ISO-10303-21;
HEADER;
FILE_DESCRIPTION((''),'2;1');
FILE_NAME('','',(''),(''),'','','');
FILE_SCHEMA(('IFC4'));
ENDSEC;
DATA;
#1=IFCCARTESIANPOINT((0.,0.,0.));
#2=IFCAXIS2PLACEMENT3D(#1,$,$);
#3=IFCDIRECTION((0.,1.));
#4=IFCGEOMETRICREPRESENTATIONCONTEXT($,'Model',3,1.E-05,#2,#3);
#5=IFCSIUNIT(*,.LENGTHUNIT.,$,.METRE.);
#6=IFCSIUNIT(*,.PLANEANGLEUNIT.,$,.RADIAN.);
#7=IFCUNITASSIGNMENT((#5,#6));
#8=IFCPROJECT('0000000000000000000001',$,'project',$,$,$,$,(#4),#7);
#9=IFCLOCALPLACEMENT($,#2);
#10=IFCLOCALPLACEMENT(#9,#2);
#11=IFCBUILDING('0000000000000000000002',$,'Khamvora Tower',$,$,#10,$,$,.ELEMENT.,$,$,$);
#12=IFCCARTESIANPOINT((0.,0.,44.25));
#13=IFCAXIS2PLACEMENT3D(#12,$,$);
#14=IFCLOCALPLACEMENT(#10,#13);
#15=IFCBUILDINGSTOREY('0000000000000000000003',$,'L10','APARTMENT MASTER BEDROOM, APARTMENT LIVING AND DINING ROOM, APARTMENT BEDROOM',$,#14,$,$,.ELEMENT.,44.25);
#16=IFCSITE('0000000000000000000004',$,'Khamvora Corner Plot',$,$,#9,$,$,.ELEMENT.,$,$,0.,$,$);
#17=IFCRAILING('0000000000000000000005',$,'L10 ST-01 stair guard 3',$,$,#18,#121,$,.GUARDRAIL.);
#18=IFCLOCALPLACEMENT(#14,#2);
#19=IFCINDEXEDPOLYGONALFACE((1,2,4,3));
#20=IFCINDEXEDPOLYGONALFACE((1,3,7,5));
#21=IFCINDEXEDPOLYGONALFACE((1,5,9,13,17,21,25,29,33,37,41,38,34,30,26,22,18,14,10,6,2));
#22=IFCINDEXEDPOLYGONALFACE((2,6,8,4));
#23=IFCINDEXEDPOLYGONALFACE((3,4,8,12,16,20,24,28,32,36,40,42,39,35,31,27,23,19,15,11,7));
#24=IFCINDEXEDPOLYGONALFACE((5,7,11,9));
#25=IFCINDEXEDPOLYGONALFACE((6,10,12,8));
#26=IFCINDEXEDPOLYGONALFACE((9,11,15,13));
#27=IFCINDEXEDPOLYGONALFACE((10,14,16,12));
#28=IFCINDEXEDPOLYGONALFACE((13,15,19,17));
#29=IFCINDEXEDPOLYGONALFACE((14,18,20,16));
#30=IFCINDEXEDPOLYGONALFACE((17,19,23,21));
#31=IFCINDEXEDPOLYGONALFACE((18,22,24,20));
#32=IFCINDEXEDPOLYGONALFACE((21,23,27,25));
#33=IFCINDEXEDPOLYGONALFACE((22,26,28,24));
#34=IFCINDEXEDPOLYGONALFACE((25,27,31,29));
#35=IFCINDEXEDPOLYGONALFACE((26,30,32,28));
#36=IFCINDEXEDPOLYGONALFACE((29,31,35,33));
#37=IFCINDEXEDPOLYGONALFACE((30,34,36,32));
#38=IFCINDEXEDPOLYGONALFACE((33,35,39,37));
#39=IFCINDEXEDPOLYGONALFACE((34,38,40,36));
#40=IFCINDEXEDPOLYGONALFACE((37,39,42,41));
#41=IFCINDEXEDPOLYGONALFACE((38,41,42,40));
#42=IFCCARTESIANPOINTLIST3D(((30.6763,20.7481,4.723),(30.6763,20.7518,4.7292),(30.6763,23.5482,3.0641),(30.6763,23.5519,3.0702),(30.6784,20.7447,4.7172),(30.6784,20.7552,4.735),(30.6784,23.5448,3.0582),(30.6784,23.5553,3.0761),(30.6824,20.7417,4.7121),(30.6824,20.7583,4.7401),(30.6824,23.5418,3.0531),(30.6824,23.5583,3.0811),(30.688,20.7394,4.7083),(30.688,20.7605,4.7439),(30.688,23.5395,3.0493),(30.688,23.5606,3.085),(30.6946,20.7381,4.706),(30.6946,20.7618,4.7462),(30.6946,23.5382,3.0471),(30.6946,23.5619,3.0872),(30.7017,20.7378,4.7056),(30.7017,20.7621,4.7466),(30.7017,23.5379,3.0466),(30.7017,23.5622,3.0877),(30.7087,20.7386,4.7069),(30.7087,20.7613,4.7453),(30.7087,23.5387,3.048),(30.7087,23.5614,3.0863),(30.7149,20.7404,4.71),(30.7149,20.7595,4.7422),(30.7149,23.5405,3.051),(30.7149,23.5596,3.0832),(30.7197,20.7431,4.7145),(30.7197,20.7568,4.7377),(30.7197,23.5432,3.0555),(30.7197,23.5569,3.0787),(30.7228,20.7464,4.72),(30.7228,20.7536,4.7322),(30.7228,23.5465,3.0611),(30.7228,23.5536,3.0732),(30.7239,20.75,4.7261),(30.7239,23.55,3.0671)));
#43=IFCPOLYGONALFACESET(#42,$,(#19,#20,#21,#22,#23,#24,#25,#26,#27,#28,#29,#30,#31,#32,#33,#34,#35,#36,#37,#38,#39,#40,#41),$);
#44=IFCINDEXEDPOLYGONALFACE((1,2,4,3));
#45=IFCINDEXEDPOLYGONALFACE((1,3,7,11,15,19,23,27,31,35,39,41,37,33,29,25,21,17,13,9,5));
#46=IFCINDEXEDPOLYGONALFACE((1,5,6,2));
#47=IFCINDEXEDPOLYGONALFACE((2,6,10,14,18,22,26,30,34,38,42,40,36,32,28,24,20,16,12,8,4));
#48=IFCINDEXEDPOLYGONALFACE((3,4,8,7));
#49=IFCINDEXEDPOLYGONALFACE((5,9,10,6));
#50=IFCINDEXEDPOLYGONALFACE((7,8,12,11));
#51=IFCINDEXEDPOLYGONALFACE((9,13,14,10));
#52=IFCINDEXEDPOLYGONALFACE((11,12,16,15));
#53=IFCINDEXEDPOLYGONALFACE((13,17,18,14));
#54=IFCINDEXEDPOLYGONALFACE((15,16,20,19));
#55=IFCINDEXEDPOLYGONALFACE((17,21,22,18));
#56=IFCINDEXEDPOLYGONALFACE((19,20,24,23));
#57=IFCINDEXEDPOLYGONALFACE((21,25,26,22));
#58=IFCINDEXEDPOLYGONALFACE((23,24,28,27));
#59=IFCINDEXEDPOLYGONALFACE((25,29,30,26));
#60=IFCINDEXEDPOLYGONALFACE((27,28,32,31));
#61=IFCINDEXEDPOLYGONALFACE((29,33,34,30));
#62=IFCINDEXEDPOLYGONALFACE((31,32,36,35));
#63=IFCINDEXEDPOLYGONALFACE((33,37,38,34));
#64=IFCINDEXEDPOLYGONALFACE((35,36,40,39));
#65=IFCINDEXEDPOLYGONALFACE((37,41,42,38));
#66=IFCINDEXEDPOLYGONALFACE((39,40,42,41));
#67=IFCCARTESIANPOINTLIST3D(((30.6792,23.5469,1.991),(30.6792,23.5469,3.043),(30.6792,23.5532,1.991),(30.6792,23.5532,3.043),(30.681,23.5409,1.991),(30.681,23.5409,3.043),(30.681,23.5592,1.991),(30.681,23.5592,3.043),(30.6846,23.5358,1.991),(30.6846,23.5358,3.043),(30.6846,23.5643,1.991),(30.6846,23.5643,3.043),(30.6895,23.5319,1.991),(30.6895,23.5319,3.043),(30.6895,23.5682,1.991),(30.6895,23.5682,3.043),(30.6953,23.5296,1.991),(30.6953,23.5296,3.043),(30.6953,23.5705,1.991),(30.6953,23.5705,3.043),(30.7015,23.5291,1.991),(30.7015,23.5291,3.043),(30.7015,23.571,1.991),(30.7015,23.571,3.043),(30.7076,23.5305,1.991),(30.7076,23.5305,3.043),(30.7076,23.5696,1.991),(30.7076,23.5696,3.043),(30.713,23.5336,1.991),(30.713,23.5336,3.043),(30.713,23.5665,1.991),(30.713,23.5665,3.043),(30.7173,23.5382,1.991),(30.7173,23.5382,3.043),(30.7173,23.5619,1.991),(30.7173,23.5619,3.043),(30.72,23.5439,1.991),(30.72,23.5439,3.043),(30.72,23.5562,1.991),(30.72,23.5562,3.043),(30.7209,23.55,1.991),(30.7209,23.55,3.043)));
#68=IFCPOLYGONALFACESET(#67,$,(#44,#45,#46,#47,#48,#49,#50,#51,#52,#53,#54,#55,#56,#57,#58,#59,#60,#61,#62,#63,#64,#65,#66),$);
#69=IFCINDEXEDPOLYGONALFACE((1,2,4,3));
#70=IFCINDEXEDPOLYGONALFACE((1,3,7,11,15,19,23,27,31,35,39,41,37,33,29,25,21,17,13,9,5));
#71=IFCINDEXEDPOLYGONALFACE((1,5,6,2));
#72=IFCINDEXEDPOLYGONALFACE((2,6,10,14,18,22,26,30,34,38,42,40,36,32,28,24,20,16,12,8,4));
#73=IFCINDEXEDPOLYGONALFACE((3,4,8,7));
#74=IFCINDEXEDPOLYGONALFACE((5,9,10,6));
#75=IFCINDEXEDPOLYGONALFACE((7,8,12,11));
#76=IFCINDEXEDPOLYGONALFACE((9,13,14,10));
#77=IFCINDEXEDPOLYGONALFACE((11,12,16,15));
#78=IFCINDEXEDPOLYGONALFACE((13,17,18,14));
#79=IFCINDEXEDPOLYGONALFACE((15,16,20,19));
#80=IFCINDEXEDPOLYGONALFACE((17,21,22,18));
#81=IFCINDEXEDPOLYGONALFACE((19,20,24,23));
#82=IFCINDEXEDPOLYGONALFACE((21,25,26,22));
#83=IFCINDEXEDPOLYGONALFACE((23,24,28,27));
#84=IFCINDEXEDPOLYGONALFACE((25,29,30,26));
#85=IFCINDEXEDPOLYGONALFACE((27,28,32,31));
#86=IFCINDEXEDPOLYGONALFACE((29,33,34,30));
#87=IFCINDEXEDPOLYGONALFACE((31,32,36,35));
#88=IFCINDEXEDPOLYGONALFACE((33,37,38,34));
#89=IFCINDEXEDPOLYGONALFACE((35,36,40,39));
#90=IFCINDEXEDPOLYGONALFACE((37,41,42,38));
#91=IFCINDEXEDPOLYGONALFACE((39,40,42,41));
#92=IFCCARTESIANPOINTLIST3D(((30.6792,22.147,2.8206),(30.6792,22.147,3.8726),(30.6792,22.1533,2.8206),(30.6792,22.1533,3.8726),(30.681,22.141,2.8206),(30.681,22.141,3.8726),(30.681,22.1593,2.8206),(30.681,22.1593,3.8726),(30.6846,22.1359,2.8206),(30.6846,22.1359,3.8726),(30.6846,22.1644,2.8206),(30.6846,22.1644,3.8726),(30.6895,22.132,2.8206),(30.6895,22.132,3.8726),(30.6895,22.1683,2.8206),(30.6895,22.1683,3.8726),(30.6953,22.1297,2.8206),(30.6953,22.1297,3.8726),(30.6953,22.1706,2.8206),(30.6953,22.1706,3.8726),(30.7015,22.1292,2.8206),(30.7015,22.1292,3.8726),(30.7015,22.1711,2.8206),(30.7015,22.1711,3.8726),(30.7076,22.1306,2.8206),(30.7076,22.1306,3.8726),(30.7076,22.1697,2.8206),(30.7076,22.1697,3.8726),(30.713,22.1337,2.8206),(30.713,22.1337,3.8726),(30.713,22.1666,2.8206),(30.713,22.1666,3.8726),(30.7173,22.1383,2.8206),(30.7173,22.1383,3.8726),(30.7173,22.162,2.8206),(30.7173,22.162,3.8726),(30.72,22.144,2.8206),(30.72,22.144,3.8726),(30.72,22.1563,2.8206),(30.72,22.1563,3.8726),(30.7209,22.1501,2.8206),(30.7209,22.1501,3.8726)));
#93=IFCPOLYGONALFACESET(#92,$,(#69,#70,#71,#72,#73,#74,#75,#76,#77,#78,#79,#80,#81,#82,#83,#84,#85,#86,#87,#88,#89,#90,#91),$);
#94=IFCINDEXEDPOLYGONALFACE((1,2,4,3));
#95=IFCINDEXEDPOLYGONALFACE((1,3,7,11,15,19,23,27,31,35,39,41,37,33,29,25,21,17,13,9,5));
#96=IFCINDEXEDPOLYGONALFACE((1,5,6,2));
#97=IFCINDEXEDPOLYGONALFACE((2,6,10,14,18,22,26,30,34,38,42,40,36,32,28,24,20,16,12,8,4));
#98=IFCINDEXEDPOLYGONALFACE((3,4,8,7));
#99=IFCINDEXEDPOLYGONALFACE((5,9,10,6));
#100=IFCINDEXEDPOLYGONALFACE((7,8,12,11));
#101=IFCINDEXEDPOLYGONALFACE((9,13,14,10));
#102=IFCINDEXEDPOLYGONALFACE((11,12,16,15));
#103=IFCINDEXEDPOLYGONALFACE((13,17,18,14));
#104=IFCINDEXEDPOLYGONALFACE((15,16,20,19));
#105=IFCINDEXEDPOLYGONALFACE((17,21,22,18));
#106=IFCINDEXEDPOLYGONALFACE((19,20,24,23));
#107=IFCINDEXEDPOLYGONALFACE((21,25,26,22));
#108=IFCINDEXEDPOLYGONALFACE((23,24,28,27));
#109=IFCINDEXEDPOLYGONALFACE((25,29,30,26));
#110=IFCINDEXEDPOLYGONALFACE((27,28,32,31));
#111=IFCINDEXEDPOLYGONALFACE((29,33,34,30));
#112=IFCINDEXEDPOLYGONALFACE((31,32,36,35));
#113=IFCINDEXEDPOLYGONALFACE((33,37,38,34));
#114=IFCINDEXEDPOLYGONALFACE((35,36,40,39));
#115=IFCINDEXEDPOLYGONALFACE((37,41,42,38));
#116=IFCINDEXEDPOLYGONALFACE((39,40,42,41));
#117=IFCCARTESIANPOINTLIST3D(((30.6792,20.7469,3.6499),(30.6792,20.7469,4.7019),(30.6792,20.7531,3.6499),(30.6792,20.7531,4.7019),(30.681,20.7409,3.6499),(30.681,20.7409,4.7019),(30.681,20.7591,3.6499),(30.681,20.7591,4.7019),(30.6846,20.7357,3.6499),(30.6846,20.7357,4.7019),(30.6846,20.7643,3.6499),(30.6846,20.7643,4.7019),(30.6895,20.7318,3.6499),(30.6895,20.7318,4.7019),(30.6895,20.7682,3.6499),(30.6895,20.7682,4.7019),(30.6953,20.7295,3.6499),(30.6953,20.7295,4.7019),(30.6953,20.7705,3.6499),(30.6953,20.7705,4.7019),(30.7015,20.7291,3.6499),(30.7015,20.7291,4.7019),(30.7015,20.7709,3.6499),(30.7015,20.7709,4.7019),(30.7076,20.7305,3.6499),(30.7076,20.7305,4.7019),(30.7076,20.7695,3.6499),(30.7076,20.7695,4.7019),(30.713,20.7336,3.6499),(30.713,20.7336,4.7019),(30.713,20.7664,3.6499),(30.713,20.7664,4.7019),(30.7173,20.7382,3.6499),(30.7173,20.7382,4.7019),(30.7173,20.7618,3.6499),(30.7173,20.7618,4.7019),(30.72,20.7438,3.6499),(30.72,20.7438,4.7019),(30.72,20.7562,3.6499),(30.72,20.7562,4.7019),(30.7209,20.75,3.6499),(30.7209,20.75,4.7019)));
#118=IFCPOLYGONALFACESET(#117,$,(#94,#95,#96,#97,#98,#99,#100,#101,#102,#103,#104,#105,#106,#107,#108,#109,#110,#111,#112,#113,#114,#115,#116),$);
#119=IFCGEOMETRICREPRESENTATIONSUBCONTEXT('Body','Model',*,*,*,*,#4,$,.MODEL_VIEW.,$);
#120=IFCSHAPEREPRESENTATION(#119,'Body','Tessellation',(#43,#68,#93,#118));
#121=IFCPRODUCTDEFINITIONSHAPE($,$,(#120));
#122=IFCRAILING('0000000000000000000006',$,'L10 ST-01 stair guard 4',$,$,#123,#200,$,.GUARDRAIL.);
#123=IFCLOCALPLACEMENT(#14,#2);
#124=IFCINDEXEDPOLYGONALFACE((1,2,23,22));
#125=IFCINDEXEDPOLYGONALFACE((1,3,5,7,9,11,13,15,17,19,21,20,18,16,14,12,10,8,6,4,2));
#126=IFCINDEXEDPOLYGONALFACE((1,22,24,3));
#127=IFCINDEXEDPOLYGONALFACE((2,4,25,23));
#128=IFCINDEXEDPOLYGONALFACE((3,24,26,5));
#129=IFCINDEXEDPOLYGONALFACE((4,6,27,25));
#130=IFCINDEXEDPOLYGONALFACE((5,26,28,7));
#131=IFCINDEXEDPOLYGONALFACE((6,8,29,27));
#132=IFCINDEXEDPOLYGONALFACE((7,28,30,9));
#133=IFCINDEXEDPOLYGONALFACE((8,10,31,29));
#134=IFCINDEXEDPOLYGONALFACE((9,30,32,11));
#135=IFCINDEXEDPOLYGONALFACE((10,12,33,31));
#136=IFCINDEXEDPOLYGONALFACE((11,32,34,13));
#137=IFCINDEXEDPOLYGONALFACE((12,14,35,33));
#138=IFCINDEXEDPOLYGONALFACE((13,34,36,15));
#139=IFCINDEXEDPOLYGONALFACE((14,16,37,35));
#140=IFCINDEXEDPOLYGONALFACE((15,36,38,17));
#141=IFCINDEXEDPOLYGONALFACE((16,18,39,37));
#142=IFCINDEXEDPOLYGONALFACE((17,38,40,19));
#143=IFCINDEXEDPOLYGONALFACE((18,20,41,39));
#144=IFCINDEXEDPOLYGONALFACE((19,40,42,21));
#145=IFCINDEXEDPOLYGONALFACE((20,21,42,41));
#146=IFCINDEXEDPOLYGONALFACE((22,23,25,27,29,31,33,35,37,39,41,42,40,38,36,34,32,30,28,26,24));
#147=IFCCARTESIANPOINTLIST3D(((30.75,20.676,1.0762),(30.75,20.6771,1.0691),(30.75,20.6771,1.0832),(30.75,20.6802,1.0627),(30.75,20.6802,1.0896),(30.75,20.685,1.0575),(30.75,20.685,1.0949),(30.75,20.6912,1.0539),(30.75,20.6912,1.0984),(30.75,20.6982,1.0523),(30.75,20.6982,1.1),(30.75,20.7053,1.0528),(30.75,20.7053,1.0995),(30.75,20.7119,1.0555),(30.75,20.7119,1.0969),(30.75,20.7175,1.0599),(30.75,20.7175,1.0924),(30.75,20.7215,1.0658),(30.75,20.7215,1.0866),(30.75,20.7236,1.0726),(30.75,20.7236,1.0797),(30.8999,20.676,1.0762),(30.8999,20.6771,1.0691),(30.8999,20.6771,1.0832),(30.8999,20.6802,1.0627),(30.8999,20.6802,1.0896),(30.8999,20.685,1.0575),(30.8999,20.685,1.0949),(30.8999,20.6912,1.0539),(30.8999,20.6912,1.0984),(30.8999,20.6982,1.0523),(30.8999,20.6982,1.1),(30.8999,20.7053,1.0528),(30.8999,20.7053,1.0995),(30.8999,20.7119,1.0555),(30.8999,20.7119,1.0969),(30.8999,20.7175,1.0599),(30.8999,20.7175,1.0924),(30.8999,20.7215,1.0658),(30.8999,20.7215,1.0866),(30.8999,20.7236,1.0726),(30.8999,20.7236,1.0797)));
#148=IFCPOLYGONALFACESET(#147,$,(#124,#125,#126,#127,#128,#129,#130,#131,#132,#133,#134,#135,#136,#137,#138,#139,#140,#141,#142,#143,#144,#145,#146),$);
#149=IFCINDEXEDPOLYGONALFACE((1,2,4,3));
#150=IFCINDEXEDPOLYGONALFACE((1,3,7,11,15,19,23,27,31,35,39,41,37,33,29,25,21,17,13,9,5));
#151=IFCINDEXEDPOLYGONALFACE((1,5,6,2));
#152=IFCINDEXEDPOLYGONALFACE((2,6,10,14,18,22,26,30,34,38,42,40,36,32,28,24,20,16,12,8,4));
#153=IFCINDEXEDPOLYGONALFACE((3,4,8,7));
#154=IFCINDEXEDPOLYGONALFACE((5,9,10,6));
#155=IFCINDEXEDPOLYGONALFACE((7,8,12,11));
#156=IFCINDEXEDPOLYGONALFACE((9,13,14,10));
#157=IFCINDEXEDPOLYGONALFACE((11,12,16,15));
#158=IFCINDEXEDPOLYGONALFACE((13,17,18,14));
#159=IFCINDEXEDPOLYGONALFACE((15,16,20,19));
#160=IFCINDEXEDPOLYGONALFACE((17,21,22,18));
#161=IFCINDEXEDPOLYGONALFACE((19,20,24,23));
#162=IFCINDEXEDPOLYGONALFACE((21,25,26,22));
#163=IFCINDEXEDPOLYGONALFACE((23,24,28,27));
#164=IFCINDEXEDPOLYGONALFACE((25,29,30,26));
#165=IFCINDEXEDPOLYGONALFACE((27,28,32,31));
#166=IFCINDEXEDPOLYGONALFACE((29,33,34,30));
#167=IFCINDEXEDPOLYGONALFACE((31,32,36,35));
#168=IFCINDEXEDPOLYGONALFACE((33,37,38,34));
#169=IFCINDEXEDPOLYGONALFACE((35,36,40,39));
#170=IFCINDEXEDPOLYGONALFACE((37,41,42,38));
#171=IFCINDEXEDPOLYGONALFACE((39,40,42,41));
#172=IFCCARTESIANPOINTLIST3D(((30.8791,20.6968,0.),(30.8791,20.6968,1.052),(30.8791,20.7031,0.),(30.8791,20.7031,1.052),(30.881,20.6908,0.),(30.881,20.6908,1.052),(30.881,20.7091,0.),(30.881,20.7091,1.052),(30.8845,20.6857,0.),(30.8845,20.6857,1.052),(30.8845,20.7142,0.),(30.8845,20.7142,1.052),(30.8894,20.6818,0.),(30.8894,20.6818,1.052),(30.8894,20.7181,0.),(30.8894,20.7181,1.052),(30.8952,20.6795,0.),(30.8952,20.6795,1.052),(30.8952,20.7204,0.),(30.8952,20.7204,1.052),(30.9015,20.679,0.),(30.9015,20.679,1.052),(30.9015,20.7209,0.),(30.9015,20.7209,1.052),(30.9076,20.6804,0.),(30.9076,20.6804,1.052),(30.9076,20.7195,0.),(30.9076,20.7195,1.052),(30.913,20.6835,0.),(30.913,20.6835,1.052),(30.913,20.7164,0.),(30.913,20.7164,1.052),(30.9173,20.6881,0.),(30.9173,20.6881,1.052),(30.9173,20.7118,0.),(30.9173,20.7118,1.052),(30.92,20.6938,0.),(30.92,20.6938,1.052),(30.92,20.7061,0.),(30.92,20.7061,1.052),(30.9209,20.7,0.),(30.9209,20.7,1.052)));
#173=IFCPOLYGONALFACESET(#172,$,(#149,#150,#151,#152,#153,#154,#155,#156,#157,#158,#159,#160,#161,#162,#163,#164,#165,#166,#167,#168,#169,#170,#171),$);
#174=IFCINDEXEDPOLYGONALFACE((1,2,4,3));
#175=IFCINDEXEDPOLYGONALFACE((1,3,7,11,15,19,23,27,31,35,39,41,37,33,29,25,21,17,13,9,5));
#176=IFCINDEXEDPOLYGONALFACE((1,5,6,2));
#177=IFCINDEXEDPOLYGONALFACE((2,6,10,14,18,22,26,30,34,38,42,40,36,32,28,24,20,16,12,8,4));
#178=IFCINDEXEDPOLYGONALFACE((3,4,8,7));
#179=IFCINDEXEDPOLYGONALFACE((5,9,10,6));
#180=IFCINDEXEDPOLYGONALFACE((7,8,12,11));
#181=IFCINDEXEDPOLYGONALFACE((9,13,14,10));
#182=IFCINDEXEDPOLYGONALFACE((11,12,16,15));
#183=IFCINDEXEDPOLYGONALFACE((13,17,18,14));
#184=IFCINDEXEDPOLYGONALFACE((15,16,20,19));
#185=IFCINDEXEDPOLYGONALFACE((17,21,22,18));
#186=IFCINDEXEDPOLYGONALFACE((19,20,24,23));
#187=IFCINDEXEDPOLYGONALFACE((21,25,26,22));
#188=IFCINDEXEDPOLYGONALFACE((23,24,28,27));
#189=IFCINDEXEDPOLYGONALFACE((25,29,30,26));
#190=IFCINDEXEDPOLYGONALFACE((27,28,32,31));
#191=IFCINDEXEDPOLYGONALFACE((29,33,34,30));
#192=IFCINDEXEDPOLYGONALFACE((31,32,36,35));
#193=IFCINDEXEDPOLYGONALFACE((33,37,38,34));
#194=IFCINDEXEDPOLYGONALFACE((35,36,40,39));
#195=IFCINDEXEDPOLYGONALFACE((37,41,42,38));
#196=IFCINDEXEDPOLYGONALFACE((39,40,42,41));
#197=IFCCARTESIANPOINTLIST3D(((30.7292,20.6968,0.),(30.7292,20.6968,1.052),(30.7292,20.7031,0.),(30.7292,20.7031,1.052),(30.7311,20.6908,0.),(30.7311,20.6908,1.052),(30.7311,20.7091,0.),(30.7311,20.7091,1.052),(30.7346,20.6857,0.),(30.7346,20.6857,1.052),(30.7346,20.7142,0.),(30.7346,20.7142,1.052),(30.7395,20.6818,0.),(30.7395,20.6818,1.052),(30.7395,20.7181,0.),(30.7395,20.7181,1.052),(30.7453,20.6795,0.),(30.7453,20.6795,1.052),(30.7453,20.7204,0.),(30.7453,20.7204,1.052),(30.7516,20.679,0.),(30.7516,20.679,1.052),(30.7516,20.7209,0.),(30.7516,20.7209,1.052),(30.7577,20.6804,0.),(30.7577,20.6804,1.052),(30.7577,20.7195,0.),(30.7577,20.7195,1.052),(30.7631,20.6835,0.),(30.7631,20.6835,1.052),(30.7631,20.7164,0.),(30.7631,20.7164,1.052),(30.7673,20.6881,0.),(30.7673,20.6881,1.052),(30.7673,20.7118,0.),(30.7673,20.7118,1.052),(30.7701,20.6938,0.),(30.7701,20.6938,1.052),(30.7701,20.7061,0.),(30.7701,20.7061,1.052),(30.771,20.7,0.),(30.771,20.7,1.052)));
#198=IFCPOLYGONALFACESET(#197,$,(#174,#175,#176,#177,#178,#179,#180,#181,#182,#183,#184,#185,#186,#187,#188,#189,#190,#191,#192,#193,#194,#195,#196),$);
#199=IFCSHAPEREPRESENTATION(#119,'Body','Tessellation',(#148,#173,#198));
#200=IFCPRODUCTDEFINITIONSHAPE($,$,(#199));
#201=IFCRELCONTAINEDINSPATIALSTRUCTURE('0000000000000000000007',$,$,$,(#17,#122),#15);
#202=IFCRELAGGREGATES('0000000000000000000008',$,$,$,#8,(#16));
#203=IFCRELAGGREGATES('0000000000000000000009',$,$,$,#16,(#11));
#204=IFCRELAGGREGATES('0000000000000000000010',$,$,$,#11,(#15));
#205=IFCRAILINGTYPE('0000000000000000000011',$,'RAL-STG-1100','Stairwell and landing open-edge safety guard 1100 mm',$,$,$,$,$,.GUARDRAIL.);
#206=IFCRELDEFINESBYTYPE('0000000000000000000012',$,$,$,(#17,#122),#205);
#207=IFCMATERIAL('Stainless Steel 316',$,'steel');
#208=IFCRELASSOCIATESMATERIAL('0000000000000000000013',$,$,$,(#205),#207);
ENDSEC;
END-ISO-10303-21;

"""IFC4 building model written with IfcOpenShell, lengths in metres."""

from ifc_helpers import new_model, si_unit, direction, frame, origin, origin_2d, place, context, subcontext, project, spatial, circle, extrude, material, type_object, element, save


model = new_model("IFC4")

# Units and contexts
model_context = context("Model", 3, precision=1e-05, world=origin(), true_north=direction((0.0, 1.0)))
body_context = subcontext(model_context, "Body", "Model", "MODEL_VIEW")
ifc_project = project(units=[si_unit("LENGTHUNIT", "METRE"), si_unit("PLANEANGLEUNIT", "RADIAN")], contexts=[model_context])

# Site, building, storey
site_placement = place(None, origin())
site = spatial("IfcSite", under=ifc_project, at=site_placement, Name="Khamvora Corner Plot", CompositionType="ELEMENT", RefElevation=0.0)
building_placement = place(site_placement, origin())
building = spatial("IfcBuilding", under=site, at=building_placement, Name="Khamvora Tower", CompositionType="ELEMENT")
storey_placement = place(building_placement, frame((0.0, 0.0, 44.25)))
storey = spatial("IfcBuildingStorey", under=building, at=storey_placement, Name="L10", Description="APARTMENT MASTER BEDROOM, APARTMENT LIVING AND DINING ROOM, APARTMENT BEDROOM", CompositionType="ELEMENT", Elevation=44.25)

# Railings
ifc_material_1 = material(Name="Stainless Steel 316", Category="steel")
railing_type_1 = type_object("IfcRailingType", Name="RAL-STG-1100", Description="Stairwell and landing open-edge safety guard 1100 mm", PredefinedType="GUARDRAIL", material=ifc_material_1)
railing_1_placement = place(storey_placement, frame((30.7, 23.55, 1.991)))
element("IfcRailing", 1, at=railing_1_placement, inside=storey, type_object=railing_type_1, Name="L10 ST-01 stair guard 3", PredefinedType="GUARDRAIL", context=body_context, shape_type="SweptSolid", body=[
    extrude(circle(Radius=0.0239, at=origin_2d()), frame((0.0, 0.0, 1.0762), z_axis=(0.0, -0.860339, 0.509722), x_axis=(1.0, 0.0, 0.0)), (0.0, 0.0, 1.0), 3.2546),
    extrude(circle(Radius=0.021, at=origin_2d()), origin(), (0.0, 0.0, 1.0), 1.052),
    extrude(circle(Radius=0.021, at=origin_2d()), frame((0.0, -1.3999, 0.8296)), (0.0, 0.0, 1.0), 1.052),
    extrude(circle(Radius=0.021, at=origin_2d()), frame((0.0, -2.8, 1.6589)), (0.0, 0.0, 1.0), 1.052),
])
railing_2_placement = place(storey_placement, frame((30.8999, 20.7, 0.0)))
element("IfcRailing", 2, at=railing_2_placement, inside=storey, type_object=railing_type_1, Name="L10 ST-01 stair guard 4", PredefinedType="GUARDRAIL", context=body_context, shape_type="SweptSolid", body=[
    extrude(circle(Radius=0.0239, at=origin_2d()), frame((0.0, 0.0, 1.0762), z_axis=(-1.0, 0.0, 0.0), x_axis=(0.0, -1.0, 0.0)), (0.0, 0.0, 1.0), 0.1499),
    extrude(circle(Radius=0.021, at=origin_2d()), origin(), (0.0, 0.0, 1.0), 1.052),
    extrude(circle(Radius=0.021, at=origin_2d()), frame((-0.1499, 0.0, 0.0)), (0.0, 0.0, 1.0), 1.052),
])

save(model, "model.ifc")
